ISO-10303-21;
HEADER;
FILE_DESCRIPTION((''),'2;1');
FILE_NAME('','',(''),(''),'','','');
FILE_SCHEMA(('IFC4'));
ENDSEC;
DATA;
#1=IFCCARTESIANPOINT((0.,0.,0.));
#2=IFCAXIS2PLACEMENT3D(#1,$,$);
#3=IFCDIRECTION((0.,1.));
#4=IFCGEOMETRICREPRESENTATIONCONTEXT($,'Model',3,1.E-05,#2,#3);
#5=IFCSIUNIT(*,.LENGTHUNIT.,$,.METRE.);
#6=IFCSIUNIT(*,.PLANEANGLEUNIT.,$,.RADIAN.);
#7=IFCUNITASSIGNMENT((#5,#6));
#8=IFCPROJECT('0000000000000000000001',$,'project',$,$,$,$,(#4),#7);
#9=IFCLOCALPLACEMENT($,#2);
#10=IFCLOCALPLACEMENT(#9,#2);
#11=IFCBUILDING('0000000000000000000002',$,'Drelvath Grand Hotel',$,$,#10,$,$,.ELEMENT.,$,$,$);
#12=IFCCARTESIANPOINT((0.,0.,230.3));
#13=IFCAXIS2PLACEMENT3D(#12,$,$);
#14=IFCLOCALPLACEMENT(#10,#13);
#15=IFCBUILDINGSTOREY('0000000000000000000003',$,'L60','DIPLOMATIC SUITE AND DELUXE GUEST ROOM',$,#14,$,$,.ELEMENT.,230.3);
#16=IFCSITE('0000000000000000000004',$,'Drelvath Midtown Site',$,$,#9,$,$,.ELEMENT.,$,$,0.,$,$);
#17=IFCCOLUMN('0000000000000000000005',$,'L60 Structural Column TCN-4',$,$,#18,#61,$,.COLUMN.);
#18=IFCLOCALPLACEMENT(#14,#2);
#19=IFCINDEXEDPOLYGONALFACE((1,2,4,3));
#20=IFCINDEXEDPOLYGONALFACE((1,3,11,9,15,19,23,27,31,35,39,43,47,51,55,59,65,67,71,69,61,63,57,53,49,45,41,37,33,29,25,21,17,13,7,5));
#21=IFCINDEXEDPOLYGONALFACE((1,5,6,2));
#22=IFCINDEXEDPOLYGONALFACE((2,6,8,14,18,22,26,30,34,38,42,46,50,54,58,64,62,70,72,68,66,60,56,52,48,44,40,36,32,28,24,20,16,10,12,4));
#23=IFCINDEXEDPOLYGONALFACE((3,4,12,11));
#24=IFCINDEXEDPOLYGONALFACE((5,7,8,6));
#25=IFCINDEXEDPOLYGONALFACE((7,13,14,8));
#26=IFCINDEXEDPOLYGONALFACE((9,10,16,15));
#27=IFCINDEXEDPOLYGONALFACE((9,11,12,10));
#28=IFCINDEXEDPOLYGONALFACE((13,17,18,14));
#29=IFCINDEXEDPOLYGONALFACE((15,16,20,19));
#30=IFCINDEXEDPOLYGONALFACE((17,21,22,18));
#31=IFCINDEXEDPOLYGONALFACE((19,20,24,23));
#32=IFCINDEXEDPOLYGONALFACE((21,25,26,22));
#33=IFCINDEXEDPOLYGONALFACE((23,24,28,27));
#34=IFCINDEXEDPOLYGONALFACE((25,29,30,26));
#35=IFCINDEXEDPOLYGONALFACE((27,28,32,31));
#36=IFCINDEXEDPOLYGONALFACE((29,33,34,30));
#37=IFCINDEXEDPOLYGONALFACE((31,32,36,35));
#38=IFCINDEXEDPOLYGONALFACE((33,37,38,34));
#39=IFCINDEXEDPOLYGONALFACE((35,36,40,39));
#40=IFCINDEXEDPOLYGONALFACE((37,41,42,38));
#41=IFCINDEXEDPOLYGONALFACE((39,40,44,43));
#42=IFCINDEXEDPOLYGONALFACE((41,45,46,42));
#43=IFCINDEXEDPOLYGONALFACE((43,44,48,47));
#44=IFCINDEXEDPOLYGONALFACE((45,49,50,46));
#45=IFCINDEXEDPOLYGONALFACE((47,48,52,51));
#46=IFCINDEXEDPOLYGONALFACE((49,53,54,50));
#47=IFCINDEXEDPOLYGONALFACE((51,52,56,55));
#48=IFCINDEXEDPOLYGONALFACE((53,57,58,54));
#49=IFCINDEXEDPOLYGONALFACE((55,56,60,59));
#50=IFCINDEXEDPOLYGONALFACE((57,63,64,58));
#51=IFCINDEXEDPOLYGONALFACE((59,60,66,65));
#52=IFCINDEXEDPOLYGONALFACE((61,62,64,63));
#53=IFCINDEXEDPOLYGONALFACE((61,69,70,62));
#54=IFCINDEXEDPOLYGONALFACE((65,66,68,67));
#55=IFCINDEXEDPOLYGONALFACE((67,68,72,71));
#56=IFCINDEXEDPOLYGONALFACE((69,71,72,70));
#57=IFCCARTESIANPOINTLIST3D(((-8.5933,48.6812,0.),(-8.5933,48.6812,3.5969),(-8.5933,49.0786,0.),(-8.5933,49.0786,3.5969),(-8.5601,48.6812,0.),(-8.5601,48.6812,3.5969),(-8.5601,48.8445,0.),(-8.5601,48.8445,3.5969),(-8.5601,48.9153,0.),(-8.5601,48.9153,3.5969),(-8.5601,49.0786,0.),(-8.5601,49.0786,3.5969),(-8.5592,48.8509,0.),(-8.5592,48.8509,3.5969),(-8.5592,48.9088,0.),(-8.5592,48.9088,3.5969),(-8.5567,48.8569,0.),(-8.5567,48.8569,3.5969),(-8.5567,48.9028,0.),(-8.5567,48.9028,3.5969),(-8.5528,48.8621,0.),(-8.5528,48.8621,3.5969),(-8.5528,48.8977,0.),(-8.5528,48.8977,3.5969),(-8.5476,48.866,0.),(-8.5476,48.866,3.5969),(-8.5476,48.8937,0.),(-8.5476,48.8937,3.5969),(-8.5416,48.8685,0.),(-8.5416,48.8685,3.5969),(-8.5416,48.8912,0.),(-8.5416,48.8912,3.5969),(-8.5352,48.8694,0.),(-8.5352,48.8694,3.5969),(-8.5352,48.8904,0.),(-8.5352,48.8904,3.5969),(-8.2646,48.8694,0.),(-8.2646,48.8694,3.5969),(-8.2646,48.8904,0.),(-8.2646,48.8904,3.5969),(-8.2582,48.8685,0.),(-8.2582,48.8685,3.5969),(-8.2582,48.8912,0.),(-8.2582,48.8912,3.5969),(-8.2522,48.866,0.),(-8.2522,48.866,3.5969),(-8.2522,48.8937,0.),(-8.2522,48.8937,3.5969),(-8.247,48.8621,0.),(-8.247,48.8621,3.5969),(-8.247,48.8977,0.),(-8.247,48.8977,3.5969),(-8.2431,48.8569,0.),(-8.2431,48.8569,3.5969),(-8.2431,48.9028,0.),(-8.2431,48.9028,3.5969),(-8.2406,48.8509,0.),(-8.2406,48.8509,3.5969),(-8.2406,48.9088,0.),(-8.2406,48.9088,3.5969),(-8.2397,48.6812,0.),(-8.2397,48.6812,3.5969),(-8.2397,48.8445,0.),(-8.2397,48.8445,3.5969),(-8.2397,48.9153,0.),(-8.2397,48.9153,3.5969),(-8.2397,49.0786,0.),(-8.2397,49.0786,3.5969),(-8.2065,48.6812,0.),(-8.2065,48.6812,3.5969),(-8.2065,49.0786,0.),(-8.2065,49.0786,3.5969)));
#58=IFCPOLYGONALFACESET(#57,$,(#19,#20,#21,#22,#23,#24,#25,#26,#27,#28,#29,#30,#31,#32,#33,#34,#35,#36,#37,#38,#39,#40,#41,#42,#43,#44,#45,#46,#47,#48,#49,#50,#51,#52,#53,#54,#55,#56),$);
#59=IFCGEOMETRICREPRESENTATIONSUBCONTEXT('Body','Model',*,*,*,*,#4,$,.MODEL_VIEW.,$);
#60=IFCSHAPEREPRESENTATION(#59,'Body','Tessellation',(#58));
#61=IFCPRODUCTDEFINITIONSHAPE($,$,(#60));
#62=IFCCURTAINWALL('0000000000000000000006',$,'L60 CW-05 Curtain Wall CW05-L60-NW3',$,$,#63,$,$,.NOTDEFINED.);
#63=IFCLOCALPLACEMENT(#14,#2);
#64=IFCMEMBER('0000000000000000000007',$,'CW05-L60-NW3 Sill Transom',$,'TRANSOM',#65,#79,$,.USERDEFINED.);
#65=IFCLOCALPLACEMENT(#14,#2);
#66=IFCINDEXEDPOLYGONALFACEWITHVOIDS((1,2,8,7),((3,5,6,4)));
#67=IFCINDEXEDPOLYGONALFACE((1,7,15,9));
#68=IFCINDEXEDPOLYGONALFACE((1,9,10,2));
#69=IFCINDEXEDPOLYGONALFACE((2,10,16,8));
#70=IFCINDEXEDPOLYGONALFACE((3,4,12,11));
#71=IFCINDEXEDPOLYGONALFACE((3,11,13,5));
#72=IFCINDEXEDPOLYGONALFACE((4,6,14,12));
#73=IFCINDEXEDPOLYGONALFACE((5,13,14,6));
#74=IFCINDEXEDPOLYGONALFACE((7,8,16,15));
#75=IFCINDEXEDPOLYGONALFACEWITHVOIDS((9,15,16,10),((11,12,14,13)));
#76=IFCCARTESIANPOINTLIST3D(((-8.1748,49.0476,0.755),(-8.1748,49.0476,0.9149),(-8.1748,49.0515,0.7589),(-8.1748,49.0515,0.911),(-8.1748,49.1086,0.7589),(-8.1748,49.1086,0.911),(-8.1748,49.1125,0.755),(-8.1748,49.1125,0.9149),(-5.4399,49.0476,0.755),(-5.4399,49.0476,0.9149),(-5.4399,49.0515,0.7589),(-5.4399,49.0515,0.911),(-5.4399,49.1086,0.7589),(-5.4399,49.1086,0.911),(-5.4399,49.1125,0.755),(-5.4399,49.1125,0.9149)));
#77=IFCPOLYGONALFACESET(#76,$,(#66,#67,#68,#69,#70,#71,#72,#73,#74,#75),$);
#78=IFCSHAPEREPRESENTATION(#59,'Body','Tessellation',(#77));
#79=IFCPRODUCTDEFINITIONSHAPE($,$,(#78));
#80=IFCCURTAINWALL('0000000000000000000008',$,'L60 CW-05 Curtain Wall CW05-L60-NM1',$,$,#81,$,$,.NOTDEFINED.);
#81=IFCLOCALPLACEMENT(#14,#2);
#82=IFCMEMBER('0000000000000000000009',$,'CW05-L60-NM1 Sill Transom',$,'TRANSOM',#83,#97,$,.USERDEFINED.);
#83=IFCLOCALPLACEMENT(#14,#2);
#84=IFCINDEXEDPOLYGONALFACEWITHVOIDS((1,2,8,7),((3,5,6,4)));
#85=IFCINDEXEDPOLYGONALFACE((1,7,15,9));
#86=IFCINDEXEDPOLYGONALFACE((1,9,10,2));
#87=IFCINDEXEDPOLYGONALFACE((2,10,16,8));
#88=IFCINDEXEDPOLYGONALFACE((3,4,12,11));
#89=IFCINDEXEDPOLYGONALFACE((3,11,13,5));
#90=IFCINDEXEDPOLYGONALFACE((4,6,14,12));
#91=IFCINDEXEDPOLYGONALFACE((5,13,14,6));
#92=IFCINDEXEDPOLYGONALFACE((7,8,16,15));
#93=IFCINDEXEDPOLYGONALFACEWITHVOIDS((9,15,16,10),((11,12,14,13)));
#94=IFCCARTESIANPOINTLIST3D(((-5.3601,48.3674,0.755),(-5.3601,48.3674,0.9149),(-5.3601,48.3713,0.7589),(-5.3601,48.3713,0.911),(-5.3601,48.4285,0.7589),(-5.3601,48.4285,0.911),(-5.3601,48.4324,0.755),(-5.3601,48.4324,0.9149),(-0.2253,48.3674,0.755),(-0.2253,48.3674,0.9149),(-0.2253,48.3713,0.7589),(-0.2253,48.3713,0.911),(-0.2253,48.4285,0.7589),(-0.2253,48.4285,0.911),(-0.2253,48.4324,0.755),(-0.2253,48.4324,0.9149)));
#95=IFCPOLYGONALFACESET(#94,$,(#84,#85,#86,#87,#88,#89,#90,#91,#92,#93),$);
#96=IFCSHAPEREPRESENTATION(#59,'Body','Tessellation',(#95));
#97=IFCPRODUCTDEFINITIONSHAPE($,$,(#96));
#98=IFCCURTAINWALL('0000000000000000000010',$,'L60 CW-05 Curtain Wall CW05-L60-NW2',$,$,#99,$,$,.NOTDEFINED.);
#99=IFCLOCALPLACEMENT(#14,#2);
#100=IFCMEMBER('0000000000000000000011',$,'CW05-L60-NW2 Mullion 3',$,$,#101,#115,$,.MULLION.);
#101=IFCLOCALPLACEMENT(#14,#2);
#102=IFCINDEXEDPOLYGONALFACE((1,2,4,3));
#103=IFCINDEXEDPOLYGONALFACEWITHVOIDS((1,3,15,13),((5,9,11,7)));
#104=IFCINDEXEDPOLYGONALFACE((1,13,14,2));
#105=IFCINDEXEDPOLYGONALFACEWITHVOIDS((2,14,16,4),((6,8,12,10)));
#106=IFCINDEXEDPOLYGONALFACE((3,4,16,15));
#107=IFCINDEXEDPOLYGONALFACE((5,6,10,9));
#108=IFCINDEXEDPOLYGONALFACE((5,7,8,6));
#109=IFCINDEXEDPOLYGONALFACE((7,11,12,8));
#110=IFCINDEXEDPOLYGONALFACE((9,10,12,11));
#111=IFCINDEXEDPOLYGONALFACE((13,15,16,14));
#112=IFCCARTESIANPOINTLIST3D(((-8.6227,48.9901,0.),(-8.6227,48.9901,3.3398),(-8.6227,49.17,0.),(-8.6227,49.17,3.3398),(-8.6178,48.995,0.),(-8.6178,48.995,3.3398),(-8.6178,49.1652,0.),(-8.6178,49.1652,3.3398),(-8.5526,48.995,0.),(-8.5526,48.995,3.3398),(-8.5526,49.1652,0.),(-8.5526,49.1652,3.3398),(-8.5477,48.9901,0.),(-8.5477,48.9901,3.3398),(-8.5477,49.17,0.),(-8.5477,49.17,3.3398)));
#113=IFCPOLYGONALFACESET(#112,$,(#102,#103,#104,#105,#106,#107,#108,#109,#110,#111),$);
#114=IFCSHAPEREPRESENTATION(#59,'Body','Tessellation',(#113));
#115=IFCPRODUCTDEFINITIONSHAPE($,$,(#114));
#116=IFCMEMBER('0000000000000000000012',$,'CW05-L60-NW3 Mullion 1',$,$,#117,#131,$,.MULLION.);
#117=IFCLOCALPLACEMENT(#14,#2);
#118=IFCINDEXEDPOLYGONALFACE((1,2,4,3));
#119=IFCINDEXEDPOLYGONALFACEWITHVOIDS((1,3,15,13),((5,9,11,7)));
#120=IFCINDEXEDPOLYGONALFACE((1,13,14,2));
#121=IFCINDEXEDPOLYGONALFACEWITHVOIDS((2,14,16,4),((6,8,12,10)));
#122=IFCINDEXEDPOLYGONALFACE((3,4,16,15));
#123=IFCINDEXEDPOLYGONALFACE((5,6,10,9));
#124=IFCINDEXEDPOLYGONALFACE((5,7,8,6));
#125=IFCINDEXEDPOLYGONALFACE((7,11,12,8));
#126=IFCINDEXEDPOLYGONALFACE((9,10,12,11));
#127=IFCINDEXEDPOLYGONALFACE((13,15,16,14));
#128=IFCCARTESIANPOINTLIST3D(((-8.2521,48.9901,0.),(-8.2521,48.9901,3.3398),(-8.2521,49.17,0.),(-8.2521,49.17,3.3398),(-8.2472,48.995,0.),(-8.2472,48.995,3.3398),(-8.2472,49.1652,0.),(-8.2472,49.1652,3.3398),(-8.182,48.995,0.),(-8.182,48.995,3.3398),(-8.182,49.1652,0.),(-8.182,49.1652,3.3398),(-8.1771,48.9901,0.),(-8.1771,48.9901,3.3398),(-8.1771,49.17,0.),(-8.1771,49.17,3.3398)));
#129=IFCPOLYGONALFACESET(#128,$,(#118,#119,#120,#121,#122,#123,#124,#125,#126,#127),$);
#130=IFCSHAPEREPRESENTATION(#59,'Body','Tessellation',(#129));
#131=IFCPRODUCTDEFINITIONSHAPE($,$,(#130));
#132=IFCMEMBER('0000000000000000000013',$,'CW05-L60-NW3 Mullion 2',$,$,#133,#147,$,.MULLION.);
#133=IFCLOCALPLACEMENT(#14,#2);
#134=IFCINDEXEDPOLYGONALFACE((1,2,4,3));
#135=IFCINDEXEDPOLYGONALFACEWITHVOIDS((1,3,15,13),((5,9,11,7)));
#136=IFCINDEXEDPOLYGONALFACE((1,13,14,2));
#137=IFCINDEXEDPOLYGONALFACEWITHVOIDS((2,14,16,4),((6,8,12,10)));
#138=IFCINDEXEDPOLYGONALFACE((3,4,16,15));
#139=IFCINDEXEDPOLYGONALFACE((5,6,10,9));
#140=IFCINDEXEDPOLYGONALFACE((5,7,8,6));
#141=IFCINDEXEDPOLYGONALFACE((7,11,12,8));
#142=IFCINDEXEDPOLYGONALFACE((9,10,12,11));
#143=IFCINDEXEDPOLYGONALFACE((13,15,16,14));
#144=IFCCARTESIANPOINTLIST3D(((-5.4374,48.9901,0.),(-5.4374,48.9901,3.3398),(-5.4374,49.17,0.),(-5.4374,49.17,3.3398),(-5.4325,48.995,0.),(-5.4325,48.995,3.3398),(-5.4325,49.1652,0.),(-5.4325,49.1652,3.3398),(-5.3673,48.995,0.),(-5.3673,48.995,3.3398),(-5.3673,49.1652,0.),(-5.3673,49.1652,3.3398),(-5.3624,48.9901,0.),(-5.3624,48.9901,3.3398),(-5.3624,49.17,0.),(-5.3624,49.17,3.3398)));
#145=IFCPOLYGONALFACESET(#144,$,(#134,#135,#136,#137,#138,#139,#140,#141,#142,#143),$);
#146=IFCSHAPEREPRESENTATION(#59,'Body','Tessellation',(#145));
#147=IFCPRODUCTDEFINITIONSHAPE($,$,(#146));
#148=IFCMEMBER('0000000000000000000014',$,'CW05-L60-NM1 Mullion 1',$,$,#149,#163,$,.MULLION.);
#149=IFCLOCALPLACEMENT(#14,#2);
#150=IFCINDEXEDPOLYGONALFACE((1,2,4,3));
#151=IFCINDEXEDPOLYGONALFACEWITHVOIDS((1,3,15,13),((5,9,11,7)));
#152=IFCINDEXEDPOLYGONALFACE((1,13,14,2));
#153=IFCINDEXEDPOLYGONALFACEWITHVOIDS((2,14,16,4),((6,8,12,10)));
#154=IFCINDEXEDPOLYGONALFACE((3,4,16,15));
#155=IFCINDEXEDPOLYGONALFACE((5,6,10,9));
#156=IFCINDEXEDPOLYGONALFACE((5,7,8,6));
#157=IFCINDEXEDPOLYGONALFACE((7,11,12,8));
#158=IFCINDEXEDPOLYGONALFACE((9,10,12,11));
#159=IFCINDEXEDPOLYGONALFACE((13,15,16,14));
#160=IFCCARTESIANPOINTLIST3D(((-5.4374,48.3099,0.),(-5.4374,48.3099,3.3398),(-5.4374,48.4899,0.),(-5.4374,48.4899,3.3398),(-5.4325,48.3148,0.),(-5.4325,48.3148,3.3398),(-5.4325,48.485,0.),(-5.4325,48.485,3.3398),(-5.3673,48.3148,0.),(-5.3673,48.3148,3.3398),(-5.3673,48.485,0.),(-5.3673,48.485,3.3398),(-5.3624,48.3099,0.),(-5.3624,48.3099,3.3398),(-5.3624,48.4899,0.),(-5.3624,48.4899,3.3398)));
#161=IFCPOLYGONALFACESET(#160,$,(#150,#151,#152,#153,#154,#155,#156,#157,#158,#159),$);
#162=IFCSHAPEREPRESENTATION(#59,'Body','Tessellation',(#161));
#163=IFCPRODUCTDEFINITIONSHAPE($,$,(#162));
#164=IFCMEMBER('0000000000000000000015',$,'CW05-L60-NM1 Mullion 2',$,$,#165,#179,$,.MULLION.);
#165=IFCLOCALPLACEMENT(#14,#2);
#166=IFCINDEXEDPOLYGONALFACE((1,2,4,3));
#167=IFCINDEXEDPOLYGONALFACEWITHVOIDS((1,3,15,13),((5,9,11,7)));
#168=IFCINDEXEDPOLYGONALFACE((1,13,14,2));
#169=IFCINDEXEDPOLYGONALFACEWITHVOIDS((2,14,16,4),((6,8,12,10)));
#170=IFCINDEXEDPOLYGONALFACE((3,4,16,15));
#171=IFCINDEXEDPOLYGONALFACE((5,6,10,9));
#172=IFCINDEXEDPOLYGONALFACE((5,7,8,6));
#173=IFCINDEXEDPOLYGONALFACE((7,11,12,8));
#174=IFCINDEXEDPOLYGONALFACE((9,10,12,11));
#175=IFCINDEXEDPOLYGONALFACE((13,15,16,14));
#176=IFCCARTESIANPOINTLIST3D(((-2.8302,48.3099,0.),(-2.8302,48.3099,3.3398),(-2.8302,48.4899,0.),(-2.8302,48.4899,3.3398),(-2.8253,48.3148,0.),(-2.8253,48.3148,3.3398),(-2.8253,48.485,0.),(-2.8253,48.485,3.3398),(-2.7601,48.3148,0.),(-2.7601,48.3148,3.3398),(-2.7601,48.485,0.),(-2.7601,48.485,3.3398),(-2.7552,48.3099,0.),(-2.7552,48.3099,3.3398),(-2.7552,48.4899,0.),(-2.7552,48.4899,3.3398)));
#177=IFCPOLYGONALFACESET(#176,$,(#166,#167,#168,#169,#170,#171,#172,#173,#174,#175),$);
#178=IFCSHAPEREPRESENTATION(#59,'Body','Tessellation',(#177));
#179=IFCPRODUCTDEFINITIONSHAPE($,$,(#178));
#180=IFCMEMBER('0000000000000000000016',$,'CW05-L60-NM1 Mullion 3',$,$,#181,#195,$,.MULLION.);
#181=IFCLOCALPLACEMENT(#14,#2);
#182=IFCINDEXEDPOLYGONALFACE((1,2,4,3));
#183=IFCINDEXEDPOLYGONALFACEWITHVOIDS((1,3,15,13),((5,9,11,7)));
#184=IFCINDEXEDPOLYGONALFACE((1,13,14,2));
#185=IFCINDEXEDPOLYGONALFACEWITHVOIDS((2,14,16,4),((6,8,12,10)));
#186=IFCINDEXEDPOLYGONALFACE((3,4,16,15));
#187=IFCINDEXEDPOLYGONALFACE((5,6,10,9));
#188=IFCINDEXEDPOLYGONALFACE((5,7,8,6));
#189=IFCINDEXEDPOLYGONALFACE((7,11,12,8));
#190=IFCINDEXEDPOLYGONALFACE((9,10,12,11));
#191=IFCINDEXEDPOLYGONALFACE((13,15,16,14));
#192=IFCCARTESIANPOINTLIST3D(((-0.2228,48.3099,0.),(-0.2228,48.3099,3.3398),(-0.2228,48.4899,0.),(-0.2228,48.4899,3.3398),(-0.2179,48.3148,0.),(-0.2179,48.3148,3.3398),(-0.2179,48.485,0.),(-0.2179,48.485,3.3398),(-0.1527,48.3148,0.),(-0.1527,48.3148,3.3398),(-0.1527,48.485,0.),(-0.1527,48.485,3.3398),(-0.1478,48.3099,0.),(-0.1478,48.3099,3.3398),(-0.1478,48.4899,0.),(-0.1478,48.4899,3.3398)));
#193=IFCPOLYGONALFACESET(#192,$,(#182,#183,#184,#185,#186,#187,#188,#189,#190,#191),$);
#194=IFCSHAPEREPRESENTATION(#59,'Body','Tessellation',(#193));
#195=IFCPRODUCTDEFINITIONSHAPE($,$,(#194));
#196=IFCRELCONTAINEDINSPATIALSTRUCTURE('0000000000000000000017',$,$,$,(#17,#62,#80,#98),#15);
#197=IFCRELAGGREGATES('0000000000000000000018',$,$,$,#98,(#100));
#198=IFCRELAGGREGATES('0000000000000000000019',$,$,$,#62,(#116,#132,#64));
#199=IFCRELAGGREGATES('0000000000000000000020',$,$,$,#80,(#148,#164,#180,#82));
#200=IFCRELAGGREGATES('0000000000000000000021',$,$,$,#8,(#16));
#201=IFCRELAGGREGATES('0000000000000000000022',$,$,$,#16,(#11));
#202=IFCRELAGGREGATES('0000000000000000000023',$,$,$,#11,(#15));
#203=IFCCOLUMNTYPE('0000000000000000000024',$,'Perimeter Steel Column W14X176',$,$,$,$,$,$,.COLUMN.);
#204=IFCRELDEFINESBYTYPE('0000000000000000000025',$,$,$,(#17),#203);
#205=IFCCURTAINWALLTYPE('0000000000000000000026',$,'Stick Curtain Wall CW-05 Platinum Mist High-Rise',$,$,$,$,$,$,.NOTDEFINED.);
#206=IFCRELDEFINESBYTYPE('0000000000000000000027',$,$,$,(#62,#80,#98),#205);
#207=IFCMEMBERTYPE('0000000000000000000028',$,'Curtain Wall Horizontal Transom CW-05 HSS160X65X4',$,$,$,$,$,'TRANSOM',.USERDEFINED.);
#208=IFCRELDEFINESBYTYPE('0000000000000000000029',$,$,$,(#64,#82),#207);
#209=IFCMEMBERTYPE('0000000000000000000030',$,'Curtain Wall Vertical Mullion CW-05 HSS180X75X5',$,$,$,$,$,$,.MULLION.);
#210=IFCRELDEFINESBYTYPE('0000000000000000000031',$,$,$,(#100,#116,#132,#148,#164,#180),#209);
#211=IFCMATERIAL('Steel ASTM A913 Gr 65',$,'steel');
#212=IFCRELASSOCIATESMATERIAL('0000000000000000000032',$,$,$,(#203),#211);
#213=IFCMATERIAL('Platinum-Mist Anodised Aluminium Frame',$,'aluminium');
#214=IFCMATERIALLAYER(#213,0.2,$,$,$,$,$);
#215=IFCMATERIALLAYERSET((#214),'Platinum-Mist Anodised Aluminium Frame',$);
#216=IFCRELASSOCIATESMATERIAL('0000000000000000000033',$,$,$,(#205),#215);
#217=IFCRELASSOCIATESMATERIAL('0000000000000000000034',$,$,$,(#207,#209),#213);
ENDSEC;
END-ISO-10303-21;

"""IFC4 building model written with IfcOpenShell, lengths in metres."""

from ifc_helpers import new_model, si_unit, direction, frame, origin, origin_2d, place, context, subcontext, project, spatial, hollow_rectangle, i_section, extrude, material, layer, layer_set, material_profile, profile_set, type_object, element, aggregate, save


model = new_model("IFC4")

# Units and contexts
model_context = context("Model", 3, precision=1e-05, world=origin(), true_north=direction((0.0, 1.0)))
body_context = subcontext(model_context, "Body", "Model", "MODEL_VIEW")
ifc_project = project(units=[si_unit("LENGTHUNIT", "METRE"), si_unit("PLANEANGLEUNIT", "RADIAN")], contexts=[model_context])

# Site, building, storey
site_placement = place(None, origin())
site = spatial("IfcSite", under=ifc_project, at=site_placement, Name="Drelvath Midtown Site", CompositionType="ELEMENT", RefElevation=0.0)
building_placement = place(site_placement, origin())
building = spatial("IfcBuilding", under=site, at=building_placement, Name="Drelvath Grand Hotel", CompositionType="ELEMENT")
storey_placement = place(building_placement, frame((0.0, 0.0, 230.3)))
storey = spatial("IfcBuildingStorey", under=building, at=storey_placement, Name="L60", Description="DIPLOMATIC SUITE AND DELUXE GUEST ROOM", CompositionType="ELEMENT", Elevation=230.3)

# Column
ifc_material_1 = material(Name="Steel ASTM A913 Gr 65", Category="steel")
ifc_material_profile_1 = material_profile(ifc_material_1, i_section(OverallWidth=0.3975, OverallDepth=0.3867, WebThickness=0.021, FlangeThickness=0.0332, FilletRadius=0.0249, at=origin_2d()), Name="W14X176")
ifc_profile_set_1 = profile_set([ifc_material_profile_1], Name="Steel ASTM A913 Gr 65")
column_type = type_object("IfcColumnType", Name="Perimeter Steel Column W14X176", PredefinedType="COLUMN", material=ifc_profile_set_1)
column_placement = place(storey_placement, frame((-8.3999, 48.8799, 0.0), z_axis=(0.0, 0.0, 1.0), x_axis=(0.0, 1.0, 0.0)))
element("IfcColumn", 1, at=column_placement, inside=storey, type_object=column_type, Name="L60 Structural Column TCN-4", PredefinedType="COLUMN", context=body_context, shape_type="SweptSolid", body=[
    extrude(i_section(OverallWidth=0.3975, OverallDepth=0.3867, WebThickness=0.021, FlangeThickness=0.0332, FilletRadius=0.0249, at=origin_2d()), origin(), (0.0, 0.0, 1.0), 3.5969),
])

# Curtain walls, members
ifc_material_2 = material(Name="Platinum-Mist Anodised Aluminium Frame", Category="aluminium")
ifc_layer_1 = layer(ifc_material_2, 0.2)
ifc_layer_set_1 = layer_set([ifc_layer_1], Name="Platinum-Mist Anodised Aluminium Frame")
curtain_wall_type = type_object("IfcCurtainWallType", Name="Stick Curtain Wall CW-05 Platinum Mist High-Rise", PredefinedType="NOTDEFINED", material=ifc_layer_set_1)
curtain_wall_1_placement = place(storey_placement, origin())
curtain_wall_1 = element("IfcCurtainWall", 2, at=curtain_wall_1_placement, inside=storey, type_object=curtain_wall_type, Name="L60 CW-05 Curtain Wall CW05-L60-NW3", PredefinedType="NOTDEFINED")
ifc_material_profile_2 = material_profile(ifc_material_2, hollow_rectangle(XDim=0.0649, YDim=0.1599, WallThickness=0.0039, at=origin_2d()), Name="HSS160X65X4")
ifc_profile_set_2 = profile_set([ifc_material_profile_2], Name="Platinum-Mist Anodised Aluminium Frame")
member_type_1 = type_object("IfcMemberType", Name="Curtain Wall Horizontal Transom CW-05 HSS160X65X4", ElementType="TRANSOM", PredefinedType="USERDEFINED", material=ifc_profile_set_2)
member_1_placement = place(storey_placement, frame((-8.1748, 49.0801, 0.835), z_axis=(1.0, 0.0, 0.0), x_axis=(0.0, 1.0, 0.0)))
member_1 = element("IfcMember", 3, at=member_1_placement, type_object=member_type_1, Name="CW05-L60-NW3 Sill Transom", ObjectType="TRANSOM", PredefinedType="USERDEFINED", context=body_context, shape_type="SweptSolid", body=[
    extrude(hollow_rectangle(XDim=0.0649, YDim=0.1599, WallThickness=0.0039, at=origin_2d()), origin(), (0.0, 0.0, 1.0), 2.7349),
])
curtain_wall_2_placement = place(storey_placement, origin())
curtain_wall_2 = element("IfcCurtainWall", 4, at=curtain_wall_2_placement, inside=storey, type_object=curtain_wall_type, Name="L60 CW-05 Curtain Wall CW05-L60-NM1", PredefinedType="NOTDEFINED")
member_2_placement = place(storey_placement, frame((-5.3601, 48.3999, 0.835), z_axis=(1.0, 0.0, 0.0), x_axis=(0.0, 1.0, 0.0)))
member_2 = element("IfcMember", 5, at=member_2_placement, type_object=member_type_1, Name="CW05-L60-NM1 Sill Transom", ObjectType="TRANSOM", PredefinedType="USERDEFINED", context=body_context, shape_type="SweptSolid", body=[
    extrude(hollow_rectangle(XDim=0.0649, YDim=0.1599, WallThickness=0.0039, at=origin_2d()), origin(), (0.0, 0.0, 1.0), 5.1348),
])
curtain_wall_3_placement = place(storey_placement, origin())
curtain_wall_3 = element("IfcCurtainWall", 6, at=curtain_wall_3_placement, inside=storey, type_object=curtain_wall_type, Name="L60 CW-05 Curtain Wall CW05-L60-NW2", PredefinedType="NOTDEFINED")
ifc_material_profile_3 = material_profile(ifc_material_2, hollow_rectangle(XDim=0.075, YDim=0.1799, WallThickness=0.0049, at=origin_2d()), Name="HSS180X75X5")
ifc_profile_set_3 = profile_set([ifc_material_profile_3], Name="Platinum-Mist Anodised Aluminium Frame")
member_type_2 = type_object("IfcMemberType", Name="Curtain Wall Vertical Mullion CW-05 HSS180X75X5", PredefinedType="MULLION", material=ifc_profile_set_3)
member_3_placement = place(storey_placement, frame((-8.5852, 49.0801, 0.0), z_axis=(0.0, 0.0, 1.0), x_axis=(1.0, 0.0, 0.0)))
member_3 = element("IfcMember", 7, at=member_3_placement, type_object=member_type_2, Name="CW05-L60-NW2 Mullion 3", PredefinedType="MULLION", context=body_context, shape_type="SweptSolid", body=[
    extrude(hollow_rectangle(XDim=0.075, YDim=0.1799, WallThickness=0.0049, at=origin_2d()), origin(), (0.0, 0.0, 1.0), 3.3398),
])

# Members
member_4_placement = place(storey_placement, frame((-8.2146, 49.0801, 0.0), z_axis=(0.0, 0.0, 1.0), x_axis=(1.0, 0.0, 0.0)))
member_4 = element("IfcMember", 8, at=member_4_placement, type_object=member_type_2, Name="CW05-L60-NW3 Mullion 1", PredefinedType="MULLION", context=body_context, shape_type="SweptSolid", body=[
    extrude(hollow_rectangle(XDim=0.075, YDim=0.1799, WallThickness=0.0049, at=origin_2d()), origin(), (0.0, 0.0, 1.0), 3.3398),
])
member_5_placement = place(storey_placement, frame((-5.3999, 49.0801, 0.0), z_axis=(0.0, 0.0, 1.0), x_axis=(1.0, 0.0, 0.0)))
member_5 = element("IfcMember", 9, at=member_5_placement, type_object=member_type_2, Name="CW05-L60-NW3 Mullion 2", PredefinedType="MULLION", context=body_context, shape_type="SweptSolid", body=[
    extrude(hollow_rectangle(XDim=0.075, YDim=0.1799, WallThickness=0.0049, at=origin_2d()), origin(), (0.0, 0.0, 1.0), 3.3398),
])
member_6_placement = place(storey_placement, frame((-5.3999, 48.3999, 0.0), z_axis=(0.0, 0.0, 1.0), x_axis=(1.0, 0.0, 0.0)))
member_6 = element("IfcMember", 10, at=member_6_placement, type_object=member_type_2, Name="CW05-L60-NM1 Mullion 1", PredefinedType="MULLION", context=body_context, shape_type="SweptSolid", body=[
    extrude(hollow_rectangle(XDim=0.075, YDim=0.1799, WallThickness=0.0049, at=origin_2d()), origin(), (0.0, 0.0, 1.0), 3.3398),
])
member_7_placement = place(storey_placement, frame((-2.7927, 48.3999, 0.0), z_axis=(0.0, 0.0, 1.0), x_axis=(1.0, 0.0, 0.0)))
member_7 = element("IfcMember", 11, at=member_7_placement, type_object=member_type_2, Name="CW05-L60-NM1 Mullion 2", PredefinedType="MULLION", context=body_context, shape_type="SweptSolid", body=[
    extrude(hollow_rectangle(XDim=0.075, YDim=0.1799, WallThickness=0.0049, at=origin_2d()), origin(), (0.0, 0.0, 1.0), 3.3398),
])
member_8_placement = place(storey_placement, frame((-0.1853, 48.3999, 0.0), z_axis=(0.0, 0.0, 1.0), x_axis=(1.0, 0.0, 0.0)))
member_8 = element("IfcMember", 12, at=member_8_placement, type_object=member_type_2, Name="CW05-L60-NM1 Mullion 3", PredefinedType="MULLION", context=body_context, shape_type="SweptSolid", body=[
    extrude(hollow_rectangle(XDim=0.075, YDim=0.1799, WallThickness=0.0049, at=origin_2d()), origin(), (0.0, 0.0, 1.0), 3.3398),
])

aggregate(curtain_wall_3, [member_3])
aggregate(curtain_wall_1, [member_4, member_5, member_1])
aggregate(curtain_wall_2, [member_6, member_7, member_8, member_2])

save(model, "model.ifc")
